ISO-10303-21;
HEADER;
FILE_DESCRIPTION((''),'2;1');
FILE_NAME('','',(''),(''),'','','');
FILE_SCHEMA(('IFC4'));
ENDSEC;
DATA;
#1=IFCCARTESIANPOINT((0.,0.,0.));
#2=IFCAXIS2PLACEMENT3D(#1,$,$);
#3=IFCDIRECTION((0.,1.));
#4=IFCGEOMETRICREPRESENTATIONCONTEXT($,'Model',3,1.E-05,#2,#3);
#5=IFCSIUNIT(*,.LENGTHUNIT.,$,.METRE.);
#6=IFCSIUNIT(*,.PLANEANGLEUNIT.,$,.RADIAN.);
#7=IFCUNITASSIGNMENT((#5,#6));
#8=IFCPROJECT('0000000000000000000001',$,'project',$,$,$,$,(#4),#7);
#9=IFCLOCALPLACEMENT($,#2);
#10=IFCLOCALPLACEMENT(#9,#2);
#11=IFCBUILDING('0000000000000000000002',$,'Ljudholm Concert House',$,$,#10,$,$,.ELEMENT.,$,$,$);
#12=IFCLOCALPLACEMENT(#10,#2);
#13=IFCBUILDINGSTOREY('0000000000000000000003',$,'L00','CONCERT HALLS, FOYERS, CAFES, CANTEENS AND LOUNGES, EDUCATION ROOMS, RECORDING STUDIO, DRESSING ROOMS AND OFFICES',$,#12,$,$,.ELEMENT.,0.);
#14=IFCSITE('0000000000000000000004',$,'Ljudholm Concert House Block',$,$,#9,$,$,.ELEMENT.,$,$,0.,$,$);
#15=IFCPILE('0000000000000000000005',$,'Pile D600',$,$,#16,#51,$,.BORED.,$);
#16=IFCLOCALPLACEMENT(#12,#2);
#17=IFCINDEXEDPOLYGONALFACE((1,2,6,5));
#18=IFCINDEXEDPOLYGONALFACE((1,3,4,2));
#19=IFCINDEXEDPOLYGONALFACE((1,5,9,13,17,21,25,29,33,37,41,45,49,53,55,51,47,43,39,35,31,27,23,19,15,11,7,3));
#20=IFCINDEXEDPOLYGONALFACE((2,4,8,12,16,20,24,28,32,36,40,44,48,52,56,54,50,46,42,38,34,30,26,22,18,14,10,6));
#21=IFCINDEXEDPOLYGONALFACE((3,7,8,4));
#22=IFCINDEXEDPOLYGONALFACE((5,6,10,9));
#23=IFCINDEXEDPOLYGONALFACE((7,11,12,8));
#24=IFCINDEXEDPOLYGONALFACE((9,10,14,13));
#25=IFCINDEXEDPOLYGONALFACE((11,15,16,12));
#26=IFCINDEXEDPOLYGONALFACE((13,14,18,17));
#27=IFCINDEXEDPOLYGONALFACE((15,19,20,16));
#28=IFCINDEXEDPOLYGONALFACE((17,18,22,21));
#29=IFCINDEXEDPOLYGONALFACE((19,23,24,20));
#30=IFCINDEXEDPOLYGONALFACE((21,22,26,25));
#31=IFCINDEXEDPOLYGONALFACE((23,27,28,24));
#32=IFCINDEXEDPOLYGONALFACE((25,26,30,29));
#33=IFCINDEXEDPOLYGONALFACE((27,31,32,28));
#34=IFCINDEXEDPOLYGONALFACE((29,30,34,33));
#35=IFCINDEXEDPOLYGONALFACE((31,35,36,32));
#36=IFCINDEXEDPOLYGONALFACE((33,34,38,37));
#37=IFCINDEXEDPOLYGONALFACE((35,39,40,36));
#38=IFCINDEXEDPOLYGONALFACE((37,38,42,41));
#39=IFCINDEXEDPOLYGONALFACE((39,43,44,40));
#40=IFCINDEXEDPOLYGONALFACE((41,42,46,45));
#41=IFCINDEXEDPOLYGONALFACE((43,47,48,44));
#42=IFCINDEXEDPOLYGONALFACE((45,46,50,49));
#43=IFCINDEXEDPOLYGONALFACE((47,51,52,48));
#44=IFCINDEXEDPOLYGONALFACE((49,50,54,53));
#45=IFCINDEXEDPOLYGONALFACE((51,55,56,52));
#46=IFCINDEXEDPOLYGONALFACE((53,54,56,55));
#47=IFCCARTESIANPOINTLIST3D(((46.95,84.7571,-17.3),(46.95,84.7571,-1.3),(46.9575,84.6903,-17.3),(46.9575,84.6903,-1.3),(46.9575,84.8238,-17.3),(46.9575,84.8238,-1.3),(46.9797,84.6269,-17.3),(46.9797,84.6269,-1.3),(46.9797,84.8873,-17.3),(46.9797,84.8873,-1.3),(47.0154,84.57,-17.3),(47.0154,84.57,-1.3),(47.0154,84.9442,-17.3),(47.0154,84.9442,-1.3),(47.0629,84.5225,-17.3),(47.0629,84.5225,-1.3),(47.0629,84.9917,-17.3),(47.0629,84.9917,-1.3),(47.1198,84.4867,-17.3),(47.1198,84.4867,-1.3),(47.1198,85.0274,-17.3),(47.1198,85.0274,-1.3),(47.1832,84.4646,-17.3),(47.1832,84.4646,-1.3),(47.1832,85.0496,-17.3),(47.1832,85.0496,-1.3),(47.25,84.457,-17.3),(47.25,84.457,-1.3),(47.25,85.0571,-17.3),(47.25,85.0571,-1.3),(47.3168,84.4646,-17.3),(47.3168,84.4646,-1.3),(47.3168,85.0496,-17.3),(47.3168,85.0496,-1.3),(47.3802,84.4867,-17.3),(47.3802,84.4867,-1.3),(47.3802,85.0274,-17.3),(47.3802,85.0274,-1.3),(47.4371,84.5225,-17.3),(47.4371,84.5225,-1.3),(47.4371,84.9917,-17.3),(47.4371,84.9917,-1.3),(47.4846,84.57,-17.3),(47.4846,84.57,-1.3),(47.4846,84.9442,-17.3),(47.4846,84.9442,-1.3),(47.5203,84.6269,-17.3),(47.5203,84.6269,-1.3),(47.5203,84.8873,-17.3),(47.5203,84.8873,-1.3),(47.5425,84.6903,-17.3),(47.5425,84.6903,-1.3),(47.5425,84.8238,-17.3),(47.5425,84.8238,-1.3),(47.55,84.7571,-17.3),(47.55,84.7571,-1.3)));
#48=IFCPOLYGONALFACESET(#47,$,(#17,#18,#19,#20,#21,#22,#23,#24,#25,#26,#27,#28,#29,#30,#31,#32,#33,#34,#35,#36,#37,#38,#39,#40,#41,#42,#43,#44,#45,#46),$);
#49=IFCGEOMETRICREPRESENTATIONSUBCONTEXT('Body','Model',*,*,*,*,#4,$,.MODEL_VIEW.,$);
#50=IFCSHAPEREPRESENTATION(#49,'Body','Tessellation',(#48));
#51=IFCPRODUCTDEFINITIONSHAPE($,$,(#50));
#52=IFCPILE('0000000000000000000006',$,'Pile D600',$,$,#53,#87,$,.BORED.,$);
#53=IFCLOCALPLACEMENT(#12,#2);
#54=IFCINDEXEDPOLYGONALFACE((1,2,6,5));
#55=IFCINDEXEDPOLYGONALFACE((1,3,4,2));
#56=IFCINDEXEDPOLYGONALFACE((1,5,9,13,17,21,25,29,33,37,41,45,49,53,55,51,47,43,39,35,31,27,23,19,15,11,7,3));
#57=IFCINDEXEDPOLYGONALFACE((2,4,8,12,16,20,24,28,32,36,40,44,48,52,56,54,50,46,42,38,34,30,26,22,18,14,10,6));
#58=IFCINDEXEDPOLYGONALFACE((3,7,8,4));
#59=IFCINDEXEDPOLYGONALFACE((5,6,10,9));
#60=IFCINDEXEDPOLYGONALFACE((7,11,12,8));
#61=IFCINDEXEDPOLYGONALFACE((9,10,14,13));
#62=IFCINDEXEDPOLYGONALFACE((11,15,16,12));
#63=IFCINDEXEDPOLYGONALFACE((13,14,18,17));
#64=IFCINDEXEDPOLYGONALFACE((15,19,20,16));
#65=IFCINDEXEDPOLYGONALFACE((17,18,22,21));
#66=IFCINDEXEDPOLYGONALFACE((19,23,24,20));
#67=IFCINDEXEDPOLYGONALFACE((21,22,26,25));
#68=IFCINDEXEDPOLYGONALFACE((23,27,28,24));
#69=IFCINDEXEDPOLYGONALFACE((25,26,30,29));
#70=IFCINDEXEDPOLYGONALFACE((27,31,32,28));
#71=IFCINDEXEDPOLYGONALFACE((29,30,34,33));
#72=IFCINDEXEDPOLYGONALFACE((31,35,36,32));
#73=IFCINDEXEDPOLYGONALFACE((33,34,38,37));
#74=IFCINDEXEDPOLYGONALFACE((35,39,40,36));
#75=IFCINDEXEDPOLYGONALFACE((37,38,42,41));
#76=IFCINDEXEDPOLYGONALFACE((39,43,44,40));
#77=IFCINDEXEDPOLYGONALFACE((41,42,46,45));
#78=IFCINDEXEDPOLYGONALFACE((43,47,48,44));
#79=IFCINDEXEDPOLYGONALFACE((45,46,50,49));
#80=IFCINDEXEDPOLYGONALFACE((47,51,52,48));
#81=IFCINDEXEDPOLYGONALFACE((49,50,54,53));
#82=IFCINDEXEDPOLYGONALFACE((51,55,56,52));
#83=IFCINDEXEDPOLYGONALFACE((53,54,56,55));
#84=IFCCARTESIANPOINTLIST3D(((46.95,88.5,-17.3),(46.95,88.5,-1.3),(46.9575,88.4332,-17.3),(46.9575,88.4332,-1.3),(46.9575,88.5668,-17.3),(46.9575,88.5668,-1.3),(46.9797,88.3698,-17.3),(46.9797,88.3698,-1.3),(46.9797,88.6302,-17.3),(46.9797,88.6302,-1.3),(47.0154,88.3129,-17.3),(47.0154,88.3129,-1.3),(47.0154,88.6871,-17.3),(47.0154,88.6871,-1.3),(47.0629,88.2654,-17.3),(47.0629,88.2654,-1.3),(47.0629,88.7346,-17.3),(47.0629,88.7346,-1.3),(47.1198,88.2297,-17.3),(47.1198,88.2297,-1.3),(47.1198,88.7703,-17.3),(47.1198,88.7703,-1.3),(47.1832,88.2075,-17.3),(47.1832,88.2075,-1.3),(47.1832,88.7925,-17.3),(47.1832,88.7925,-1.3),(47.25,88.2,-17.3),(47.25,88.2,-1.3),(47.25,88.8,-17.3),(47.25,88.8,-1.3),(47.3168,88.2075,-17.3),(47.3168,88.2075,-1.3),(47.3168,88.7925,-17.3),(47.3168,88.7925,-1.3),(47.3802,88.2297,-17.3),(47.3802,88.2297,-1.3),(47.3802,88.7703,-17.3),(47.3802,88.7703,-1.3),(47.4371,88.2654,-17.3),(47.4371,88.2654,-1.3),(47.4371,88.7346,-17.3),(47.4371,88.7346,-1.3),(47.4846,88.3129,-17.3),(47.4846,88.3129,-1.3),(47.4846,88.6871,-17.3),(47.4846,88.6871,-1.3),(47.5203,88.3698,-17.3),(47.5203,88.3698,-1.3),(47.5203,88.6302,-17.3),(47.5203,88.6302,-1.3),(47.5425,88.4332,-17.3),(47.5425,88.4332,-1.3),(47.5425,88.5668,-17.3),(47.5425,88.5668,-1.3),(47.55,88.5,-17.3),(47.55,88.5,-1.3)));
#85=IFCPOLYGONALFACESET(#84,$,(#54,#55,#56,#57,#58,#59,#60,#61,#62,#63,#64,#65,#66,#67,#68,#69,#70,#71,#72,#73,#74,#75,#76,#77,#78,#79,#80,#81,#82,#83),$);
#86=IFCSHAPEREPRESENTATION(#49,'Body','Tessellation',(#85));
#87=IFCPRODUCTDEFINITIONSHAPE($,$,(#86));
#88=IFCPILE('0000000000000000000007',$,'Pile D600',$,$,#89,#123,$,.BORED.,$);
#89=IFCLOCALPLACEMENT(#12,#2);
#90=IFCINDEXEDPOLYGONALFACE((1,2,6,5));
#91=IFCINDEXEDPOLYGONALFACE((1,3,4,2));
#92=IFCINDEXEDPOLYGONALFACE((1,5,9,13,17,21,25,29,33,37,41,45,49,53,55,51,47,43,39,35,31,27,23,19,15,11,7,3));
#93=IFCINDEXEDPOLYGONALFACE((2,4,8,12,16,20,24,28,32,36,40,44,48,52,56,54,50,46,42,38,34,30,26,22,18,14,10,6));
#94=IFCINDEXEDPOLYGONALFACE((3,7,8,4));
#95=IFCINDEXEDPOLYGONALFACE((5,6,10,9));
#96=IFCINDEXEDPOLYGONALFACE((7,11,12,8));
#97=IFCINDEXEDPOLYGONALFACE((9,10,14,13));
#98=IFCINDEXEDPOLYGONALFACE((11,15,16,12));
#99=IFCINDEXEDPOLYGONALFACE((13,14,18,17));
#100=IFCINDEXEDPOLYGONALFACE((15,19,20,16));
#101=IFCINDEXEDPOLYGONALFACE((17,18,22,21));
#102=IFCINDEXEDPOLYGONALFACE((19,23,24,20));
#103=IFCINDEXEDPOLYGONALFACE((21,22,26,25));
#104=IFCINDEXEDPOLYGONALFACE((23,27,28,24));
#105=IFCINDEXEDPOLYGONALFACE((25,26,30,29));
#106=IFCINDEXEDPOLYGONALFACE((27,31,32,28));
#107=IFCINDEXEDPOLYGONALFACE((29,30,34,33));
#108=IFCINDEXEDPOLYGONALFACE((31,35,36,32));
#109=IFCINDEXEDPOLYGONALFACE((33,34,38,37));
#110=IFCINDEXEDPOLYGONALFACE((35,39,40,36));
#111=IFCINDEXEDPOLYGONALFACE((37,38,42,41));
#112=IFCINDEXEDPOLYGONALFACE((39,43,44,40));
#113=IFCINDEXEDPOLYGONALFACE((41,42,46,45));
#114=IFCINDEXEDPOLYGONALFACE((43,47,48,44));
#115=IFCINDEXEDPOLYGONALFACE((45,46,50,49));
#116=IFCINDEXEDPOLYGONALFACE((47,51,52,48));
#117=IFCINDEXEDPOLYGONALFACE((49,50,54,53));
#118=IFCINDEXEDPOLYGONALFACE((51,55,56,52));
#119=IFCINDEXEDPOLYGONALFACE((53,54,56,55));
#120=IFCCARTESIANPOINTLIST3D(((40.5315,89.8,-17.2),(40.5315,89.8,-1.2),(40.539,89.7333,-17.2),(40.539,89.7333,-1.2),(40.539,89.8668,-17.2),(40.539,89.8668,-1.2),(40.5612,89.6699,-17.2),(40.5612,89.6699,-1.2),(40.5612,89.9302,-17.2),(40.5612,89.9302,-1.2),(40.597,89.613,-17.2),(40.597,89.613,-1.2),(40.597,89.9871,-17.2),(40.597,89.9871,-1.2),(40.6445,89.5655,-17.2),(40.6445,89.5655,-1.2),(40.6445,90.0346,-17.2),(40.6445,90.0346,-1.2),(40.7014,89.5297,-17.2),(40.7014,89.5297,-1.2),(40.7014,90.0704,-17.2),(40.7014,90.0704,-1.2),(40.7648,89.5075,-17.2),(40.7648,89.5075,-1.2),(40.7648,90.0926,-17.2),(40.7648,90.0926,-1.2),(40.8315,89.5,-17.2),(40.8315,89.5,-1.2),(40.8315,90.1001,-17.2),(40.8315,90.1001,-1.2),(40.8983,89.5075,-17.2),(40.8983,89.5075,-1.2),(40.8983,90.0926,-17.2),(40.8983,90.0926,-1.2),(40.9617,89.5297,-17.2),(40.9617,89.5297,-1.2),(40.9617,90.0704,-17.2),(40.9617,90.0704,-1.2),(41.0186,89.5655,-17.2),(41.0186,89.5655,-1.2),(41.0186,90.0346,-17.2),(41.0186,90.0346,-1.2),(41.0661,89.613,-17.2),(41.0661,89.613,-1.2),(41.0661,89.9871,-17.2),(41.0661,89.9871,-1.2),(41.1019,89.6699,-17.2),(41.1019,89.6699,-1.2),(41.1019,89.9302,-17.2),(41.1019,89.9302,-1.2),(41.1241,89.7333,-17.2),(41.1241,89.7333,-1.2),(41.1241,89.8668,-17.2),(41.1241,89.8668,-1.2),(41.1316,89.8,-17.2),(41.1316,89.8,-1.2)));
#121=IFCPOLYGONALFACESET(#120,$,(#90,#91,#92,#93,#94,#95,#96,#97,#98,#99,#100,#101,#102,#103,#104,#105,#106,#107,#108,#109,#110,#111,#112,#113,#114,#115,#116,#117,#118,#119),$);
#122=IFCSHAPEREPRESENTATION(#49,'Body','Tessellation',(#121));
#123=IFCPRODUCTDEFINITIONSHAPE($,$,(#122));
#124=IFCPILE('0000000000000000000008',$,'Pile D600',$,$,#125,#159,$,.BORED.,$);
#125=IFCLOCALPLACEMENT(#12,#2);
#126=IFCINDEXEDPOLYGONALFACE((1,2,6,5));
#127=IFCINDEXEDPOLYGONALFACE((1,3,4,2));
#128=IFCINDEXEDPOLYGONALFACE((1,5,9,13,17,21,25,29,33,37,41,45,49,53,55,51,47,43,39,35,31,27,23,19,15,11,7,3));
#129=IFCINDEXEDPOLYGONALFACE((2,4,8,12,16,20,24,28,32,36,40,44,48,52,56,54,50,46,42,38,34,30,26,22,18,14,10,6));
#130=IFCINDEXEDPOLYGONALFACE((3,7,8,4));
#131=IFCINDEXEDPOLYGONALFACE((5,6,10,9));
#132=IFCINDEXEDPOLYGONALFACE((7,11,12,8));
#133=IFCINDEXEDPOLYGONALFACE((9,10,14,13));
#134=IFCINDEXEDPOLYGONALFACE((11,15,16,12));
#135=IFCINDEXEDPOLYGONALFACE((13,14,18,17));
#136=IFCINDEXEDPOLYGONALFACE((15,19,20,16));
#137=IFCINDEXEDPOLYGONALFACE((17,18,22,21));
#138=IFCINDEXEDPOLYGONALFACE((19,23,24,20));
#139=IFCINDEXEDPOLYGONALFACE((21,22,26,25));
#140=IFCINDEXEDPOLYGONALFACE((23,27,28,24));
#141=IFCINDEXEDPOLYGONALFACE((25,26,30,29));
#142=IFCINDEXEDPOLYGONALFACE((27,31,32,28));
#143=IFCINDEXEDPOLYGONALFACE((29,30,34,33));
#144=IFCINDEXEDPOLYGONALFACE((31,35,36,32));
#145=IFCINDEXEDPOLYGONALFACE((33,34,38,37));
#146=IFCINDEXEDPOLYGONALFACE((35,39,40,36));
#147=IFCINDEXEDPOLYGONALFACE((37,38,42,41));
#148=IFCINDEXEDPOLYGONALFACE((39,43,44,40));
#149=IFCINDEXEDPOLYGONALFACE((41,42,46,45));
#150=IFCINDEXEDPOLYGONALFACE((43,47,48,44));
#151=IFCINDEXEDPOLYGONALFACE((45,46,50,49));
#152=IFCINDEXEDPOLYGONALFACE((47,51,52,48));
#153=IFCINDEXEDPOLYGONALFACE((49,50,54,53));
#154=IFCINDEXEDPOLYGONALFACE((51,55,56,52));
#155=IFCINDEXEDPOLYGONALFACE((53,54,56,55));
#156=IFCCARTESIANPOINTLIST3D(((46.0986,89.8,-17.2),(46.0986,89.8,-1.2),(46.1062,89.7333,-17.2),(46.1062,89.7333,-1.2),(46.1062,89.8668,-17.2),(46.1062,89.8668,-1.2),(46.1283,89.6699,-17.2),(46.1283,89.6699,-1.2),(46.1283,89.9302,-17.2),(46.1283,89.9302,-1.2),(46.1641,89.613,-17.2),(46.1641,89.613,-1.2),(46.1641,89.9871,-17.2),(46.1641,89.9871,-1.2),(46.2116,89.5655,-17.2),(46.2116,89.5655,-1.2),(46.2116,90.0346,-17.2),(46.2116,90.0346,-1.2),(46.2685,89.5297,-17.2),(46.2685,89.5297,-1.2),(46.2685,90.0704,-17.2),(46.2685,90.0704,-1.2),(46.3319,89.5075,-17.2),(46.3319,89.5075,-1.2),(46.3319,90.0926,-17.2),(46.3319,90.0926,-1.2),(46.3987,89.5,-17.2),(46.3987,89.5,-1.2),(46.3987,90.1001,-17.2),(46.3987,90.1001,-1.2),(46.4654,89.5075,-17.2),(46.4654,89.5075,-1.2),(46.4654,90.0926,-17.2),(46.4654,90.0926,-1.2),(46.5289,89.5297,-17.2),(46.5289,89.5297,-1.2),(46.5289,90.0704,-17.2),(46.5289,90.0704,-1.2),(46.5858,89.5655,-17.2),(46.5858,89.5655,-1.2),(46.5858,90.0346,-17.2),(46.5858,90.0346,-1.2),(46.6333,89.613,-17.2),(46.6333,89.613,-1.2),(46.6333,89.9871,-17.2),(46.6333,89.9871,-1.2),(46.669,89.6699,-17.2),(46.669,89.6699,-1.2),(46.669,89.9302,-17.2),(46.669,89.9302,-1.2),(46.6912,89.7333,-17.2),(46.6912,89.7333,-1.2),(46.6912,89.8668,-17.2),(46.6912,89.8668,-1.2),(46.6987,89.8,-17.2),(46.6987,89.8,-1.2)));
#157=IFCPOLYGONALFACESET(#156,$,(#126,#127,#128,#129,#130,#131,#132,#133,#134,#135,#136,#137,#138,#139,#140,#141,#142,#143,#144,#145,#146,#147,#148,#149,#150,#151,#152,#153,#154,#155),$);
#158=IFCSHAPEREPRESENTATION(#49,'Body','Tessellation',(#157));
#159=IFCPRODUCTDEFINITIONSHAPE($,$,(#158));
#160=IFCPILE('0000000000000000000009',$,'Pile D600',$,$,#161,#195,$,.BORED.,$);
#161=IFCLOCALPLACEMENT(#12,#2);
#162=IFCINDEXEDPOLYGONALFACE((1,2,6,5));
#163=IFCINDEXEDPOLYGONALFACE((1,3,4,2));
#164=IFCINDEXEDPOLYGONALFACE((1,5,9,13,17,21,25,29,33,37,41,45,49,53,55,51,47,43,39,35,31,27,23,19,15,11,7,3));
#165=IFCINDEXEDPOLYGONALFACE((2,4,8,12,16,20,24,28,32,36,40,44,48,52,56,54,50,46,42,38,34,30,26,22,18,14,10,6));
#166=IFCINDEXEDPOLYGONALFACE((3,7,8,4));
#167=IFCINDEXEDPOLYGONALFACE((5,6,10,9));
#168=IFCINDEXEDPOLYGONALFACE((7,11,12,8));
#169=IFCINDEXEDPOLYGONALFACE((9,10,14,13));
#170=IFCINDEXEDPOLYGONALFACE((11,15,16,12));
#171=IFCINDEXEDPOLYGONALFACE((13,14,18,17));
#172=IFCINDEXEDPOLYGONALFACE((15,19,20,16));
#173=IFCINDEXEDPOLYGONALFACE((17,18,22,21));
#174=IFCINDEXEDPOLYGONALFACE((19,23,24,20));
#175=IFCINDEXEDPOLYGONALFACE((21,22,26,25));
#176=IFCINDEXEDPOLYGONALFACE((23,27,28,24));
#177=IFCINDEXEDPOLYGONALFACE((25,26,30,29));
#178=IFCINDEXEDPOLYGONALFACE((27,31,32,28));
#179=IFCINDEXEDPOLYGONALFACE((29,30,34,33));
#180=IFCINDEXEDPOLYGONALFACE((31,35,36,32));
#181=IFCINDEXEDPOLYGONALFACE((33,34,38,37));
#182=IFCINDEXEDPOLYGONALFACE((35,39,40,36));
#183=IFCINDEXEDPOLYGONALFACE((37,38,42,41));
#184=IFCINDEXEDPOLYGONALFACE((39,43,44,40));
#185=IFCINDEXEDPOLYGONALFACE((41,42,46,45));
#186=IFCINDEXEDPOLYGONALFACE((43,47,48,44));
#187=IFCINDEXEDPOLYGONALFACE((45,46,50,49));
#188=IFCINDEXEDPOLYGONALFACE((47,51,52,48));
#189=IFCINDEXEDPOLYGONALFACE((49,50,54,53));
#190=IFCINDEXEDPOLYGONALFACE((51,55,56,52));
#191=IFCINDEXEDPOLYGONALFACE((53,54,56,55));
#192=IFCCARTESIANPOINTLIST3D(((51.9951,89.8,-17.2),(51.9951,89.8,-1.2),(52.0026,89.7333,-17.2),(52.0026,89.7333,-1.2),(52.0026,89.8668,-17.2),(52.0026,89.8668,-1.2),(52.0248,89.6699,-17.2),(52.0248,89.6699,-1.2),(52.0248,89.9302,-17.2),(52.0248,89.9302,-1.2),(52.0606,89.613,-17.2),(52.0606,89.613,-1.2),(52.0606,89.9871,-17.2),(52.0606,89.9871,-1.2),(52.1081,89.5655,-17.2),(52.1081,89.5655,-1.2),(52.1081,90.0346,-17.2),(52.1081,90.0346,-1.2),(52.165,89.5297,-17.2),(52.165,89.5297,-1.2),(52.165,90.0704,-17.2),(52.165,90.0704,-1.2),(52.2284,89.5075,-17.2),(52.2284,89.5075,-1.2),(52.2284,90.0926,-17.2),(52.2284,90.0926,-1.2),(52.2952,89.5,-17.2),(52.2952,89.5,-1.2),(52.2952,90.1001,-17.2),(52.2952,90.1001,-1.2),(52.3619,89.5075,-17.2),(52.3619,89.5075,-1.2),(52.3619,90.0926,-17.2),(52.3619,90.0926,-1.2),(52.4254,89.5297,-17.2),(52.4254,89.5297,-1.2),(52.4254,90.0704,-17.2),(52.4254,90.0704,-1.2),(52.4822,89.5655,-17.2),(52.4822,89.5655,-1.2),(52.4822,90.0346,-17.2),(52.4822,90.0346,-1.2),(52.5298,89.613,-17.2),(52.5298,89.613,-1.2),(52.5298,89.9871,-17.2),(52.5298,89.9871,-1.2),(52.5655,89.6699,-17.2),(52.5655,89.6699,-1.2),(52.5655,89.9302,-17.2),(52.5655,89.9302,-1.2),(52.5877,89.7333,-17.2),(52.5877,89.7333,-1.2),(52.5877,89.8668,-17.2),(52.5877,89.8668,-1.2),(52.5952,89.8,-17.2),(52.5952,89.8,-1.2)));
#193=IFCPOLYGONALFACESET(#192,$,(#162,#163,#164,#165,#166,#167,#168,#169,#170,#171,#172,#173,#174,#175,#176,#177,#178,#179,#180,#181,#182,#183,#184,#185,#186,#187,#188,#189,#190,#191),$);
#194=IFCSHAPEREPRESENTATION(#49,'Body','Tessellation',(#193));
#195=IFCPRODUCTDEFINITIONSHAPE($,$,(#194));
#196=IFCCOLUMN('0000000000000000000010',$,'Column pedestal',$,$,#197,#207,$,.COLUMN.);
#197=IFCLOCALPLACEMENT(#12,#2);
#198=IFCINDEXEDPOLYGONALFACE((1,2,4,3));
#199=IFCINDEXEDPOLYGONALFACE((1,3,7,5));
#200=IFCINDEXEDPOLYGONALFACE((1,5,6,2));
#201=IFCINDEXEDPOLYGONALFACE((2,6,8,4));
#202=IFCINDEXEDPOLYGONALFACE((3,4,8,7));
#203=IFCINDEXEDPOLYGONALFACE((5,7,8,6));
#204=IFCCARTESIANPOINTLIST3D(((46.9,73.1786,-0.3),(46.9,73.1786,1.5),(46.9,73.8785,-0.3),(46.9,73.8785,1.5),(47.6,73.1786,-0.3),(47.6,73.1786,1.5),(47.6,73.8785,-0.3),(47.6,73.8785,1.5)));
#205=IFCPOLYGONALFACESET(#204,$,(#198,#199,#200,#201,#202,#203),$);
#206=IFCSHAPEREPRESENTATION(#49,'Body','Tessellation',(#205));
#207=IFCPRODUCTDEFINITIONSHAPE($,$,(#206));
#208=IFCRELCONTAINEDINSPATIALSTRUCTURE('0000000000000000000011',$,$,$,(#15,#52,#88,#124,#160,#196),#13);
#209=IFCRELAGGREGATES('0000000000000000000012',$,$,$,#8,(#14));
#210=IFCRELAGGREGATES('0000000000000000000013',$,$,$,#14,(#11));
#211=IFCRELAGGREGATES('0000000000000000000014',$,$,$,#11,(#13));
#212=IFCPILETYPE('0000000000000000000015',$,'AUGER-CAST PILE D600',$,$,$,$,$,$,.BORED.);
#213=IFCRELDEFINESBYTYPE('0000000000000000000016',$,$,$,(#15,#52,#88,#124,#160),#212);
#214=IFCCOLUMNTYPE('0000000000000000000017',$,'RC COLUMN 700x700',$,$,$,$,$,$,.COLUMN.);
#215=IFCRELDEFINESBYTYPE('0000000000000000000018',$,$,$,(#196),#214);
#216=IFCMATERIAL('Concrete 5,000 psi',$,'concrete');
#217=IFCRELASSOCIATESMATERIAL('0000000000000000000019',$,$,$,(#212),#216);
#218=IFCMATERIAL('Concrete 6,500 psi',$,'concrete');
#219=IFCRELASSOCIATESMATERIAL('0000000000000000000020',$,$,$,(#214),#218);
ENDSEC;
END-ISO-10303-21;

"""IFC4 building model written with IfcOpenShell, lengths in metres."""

from ifc_helpers import new_model, si_unit, direction, frame, origin, origin_2d, place, context, subcontext, project, spatial, rectangle, circle, extrude, material, material_profile, profile_set, type_object, element, save


model = new_model("IFC4")

# Units and contexts
model_context = context("Model", 3, precision=1e-05, world=origin(), true_north=direction((0.0, 1.0)))
body_context = subcontext(model_context, "Body", "Model", "MODEL_VIEW")
ifc_project = project(units=[si_unit("LENGTHUNIT", "METRE"), si_unit("PLANEANGLEUNIT", "RADIAN")], contexts=[model_context])

# Site, building, storey
site_placement = place(None, origin())
site = spatial("IfcSite", under=ifc_project, at=site_placement, Name="Ljudholm Concert House Block", CompositionType="ELEMENT", RefElevation=0.0)
building_placement = place(site_placement, origin())
building = spatial("IfcBuilding", under=site, at=building_placement, Name="Ljudholm Concert House", CompositionType="ELEMENT")
storey_placement = place(building_placement, origin())
storey = spatial("IfcBuildingStorey", under=building, at=storey_placement, Name="L00", Description="CONCERT HALLS, FOYERS, CAFES, CANTEENS AND LOUNGES, EDUCATION ROOMS, RECORDING STUDIO, DRESSING ROOMS AND OFFICES", CompositionType="ELEMENT", Elevation=0.0)

# Piles
ifc_material_1 = material(Name="Concrete 5,000 psi", Category="concrete")
ifc_material_profile_1 = material_profile(ifc_material_1, circle(Radius=0.3, at=origin_2d()), Name="AUGER-CAST PILE D600")
ifc_profile_set_1 = profile_set([ifc_material_profile_1], Name="Concrete 5,000 psi")
pile_type = type_object("IfcPileType", Name="AUGER-CAST PILE D600", PredefinedType="BORED", material=ifc_profile_set_1)
for number, where, z_axis, x_axis, name in (
    (1, (47.25, 84.7571, -1.3), (0.0, 0.0, -1.0), (1.0, 0.0, 0.0), "Pile D600"),
    (2, (47.25, 88.5, -1.3), (0.0, 0.0, -1.0), (1.0, 0.0, 0.0), "Pile D600"),
    (3, (40.8315, 89.8, -1.2), (0.0, 0.0, -1.0), (1.0, 0.0, 0.0), "Pile D600"),
    (4, (46.3987, 89.8, -1.2), (0.0, 0.0, -1.0), (1.0, 0.0, 0.0), "Pile D600"),
    (5, (52.2952, 89.8, -1.2), (0.0, 0.0, -1.0), (1.0, 0.0, 0.0), "Pile D600"),
):
    element("IfcPile", number, at=place(storey_placement, frame(where, z_axis=z_axis, x_axis=x_axis)), inside=storey, type_object=pile_type, Name=name, PredefinedType="BORED", context=body_context, shape_type="SweptSolid", body=[
        extrude(circle(Radius=0.3, at=origin_2d()), origin(), (0.0, 0.0, 1.0), 16.0),
    ])

# Column
ifc_material_2 = material(Name="Concrete 6,500 psi", Category="concrete")
ifc_material_profile_2 = material_profile(ifc_material_2, rectangle(XDim=0.7, YDim=0.7, at=origin_2d()), Name="RC COLUMN 700x700")
ifc_profile_set_2 = profile_set([ifc_material_profile_2], Name="Concrete 6,500 psi")
column_type = type_object("IfcColumnType", Name="RC COLUMN 700x700", PredefinedType="COLUMN", material=ifc_profile_set_2)
for number, where, z_axis, x_axis, name in (
    (6, (47.25, 73.5286, -0.3), (0.0, 0.0, 1.0), (1.0, 0.0, 0.0), "Column pedestal"),
):
    element("IfcColumn", number, at=place(storey_placement, frame(where, z_axis=z_axis, x_axis=x_axis)), inside=storey, type_object=column_type, Name=name, PredefinedType="COLUMN", context=body_context, shape_type="SweptSolid", body=[
        extrude(rectangle(XDim=0.7, YDim=0.7, at=origin_2d()), origin(), (0.0, 0.0, 1.0), 1.8),
    ])

save(model, "model.ifc")
